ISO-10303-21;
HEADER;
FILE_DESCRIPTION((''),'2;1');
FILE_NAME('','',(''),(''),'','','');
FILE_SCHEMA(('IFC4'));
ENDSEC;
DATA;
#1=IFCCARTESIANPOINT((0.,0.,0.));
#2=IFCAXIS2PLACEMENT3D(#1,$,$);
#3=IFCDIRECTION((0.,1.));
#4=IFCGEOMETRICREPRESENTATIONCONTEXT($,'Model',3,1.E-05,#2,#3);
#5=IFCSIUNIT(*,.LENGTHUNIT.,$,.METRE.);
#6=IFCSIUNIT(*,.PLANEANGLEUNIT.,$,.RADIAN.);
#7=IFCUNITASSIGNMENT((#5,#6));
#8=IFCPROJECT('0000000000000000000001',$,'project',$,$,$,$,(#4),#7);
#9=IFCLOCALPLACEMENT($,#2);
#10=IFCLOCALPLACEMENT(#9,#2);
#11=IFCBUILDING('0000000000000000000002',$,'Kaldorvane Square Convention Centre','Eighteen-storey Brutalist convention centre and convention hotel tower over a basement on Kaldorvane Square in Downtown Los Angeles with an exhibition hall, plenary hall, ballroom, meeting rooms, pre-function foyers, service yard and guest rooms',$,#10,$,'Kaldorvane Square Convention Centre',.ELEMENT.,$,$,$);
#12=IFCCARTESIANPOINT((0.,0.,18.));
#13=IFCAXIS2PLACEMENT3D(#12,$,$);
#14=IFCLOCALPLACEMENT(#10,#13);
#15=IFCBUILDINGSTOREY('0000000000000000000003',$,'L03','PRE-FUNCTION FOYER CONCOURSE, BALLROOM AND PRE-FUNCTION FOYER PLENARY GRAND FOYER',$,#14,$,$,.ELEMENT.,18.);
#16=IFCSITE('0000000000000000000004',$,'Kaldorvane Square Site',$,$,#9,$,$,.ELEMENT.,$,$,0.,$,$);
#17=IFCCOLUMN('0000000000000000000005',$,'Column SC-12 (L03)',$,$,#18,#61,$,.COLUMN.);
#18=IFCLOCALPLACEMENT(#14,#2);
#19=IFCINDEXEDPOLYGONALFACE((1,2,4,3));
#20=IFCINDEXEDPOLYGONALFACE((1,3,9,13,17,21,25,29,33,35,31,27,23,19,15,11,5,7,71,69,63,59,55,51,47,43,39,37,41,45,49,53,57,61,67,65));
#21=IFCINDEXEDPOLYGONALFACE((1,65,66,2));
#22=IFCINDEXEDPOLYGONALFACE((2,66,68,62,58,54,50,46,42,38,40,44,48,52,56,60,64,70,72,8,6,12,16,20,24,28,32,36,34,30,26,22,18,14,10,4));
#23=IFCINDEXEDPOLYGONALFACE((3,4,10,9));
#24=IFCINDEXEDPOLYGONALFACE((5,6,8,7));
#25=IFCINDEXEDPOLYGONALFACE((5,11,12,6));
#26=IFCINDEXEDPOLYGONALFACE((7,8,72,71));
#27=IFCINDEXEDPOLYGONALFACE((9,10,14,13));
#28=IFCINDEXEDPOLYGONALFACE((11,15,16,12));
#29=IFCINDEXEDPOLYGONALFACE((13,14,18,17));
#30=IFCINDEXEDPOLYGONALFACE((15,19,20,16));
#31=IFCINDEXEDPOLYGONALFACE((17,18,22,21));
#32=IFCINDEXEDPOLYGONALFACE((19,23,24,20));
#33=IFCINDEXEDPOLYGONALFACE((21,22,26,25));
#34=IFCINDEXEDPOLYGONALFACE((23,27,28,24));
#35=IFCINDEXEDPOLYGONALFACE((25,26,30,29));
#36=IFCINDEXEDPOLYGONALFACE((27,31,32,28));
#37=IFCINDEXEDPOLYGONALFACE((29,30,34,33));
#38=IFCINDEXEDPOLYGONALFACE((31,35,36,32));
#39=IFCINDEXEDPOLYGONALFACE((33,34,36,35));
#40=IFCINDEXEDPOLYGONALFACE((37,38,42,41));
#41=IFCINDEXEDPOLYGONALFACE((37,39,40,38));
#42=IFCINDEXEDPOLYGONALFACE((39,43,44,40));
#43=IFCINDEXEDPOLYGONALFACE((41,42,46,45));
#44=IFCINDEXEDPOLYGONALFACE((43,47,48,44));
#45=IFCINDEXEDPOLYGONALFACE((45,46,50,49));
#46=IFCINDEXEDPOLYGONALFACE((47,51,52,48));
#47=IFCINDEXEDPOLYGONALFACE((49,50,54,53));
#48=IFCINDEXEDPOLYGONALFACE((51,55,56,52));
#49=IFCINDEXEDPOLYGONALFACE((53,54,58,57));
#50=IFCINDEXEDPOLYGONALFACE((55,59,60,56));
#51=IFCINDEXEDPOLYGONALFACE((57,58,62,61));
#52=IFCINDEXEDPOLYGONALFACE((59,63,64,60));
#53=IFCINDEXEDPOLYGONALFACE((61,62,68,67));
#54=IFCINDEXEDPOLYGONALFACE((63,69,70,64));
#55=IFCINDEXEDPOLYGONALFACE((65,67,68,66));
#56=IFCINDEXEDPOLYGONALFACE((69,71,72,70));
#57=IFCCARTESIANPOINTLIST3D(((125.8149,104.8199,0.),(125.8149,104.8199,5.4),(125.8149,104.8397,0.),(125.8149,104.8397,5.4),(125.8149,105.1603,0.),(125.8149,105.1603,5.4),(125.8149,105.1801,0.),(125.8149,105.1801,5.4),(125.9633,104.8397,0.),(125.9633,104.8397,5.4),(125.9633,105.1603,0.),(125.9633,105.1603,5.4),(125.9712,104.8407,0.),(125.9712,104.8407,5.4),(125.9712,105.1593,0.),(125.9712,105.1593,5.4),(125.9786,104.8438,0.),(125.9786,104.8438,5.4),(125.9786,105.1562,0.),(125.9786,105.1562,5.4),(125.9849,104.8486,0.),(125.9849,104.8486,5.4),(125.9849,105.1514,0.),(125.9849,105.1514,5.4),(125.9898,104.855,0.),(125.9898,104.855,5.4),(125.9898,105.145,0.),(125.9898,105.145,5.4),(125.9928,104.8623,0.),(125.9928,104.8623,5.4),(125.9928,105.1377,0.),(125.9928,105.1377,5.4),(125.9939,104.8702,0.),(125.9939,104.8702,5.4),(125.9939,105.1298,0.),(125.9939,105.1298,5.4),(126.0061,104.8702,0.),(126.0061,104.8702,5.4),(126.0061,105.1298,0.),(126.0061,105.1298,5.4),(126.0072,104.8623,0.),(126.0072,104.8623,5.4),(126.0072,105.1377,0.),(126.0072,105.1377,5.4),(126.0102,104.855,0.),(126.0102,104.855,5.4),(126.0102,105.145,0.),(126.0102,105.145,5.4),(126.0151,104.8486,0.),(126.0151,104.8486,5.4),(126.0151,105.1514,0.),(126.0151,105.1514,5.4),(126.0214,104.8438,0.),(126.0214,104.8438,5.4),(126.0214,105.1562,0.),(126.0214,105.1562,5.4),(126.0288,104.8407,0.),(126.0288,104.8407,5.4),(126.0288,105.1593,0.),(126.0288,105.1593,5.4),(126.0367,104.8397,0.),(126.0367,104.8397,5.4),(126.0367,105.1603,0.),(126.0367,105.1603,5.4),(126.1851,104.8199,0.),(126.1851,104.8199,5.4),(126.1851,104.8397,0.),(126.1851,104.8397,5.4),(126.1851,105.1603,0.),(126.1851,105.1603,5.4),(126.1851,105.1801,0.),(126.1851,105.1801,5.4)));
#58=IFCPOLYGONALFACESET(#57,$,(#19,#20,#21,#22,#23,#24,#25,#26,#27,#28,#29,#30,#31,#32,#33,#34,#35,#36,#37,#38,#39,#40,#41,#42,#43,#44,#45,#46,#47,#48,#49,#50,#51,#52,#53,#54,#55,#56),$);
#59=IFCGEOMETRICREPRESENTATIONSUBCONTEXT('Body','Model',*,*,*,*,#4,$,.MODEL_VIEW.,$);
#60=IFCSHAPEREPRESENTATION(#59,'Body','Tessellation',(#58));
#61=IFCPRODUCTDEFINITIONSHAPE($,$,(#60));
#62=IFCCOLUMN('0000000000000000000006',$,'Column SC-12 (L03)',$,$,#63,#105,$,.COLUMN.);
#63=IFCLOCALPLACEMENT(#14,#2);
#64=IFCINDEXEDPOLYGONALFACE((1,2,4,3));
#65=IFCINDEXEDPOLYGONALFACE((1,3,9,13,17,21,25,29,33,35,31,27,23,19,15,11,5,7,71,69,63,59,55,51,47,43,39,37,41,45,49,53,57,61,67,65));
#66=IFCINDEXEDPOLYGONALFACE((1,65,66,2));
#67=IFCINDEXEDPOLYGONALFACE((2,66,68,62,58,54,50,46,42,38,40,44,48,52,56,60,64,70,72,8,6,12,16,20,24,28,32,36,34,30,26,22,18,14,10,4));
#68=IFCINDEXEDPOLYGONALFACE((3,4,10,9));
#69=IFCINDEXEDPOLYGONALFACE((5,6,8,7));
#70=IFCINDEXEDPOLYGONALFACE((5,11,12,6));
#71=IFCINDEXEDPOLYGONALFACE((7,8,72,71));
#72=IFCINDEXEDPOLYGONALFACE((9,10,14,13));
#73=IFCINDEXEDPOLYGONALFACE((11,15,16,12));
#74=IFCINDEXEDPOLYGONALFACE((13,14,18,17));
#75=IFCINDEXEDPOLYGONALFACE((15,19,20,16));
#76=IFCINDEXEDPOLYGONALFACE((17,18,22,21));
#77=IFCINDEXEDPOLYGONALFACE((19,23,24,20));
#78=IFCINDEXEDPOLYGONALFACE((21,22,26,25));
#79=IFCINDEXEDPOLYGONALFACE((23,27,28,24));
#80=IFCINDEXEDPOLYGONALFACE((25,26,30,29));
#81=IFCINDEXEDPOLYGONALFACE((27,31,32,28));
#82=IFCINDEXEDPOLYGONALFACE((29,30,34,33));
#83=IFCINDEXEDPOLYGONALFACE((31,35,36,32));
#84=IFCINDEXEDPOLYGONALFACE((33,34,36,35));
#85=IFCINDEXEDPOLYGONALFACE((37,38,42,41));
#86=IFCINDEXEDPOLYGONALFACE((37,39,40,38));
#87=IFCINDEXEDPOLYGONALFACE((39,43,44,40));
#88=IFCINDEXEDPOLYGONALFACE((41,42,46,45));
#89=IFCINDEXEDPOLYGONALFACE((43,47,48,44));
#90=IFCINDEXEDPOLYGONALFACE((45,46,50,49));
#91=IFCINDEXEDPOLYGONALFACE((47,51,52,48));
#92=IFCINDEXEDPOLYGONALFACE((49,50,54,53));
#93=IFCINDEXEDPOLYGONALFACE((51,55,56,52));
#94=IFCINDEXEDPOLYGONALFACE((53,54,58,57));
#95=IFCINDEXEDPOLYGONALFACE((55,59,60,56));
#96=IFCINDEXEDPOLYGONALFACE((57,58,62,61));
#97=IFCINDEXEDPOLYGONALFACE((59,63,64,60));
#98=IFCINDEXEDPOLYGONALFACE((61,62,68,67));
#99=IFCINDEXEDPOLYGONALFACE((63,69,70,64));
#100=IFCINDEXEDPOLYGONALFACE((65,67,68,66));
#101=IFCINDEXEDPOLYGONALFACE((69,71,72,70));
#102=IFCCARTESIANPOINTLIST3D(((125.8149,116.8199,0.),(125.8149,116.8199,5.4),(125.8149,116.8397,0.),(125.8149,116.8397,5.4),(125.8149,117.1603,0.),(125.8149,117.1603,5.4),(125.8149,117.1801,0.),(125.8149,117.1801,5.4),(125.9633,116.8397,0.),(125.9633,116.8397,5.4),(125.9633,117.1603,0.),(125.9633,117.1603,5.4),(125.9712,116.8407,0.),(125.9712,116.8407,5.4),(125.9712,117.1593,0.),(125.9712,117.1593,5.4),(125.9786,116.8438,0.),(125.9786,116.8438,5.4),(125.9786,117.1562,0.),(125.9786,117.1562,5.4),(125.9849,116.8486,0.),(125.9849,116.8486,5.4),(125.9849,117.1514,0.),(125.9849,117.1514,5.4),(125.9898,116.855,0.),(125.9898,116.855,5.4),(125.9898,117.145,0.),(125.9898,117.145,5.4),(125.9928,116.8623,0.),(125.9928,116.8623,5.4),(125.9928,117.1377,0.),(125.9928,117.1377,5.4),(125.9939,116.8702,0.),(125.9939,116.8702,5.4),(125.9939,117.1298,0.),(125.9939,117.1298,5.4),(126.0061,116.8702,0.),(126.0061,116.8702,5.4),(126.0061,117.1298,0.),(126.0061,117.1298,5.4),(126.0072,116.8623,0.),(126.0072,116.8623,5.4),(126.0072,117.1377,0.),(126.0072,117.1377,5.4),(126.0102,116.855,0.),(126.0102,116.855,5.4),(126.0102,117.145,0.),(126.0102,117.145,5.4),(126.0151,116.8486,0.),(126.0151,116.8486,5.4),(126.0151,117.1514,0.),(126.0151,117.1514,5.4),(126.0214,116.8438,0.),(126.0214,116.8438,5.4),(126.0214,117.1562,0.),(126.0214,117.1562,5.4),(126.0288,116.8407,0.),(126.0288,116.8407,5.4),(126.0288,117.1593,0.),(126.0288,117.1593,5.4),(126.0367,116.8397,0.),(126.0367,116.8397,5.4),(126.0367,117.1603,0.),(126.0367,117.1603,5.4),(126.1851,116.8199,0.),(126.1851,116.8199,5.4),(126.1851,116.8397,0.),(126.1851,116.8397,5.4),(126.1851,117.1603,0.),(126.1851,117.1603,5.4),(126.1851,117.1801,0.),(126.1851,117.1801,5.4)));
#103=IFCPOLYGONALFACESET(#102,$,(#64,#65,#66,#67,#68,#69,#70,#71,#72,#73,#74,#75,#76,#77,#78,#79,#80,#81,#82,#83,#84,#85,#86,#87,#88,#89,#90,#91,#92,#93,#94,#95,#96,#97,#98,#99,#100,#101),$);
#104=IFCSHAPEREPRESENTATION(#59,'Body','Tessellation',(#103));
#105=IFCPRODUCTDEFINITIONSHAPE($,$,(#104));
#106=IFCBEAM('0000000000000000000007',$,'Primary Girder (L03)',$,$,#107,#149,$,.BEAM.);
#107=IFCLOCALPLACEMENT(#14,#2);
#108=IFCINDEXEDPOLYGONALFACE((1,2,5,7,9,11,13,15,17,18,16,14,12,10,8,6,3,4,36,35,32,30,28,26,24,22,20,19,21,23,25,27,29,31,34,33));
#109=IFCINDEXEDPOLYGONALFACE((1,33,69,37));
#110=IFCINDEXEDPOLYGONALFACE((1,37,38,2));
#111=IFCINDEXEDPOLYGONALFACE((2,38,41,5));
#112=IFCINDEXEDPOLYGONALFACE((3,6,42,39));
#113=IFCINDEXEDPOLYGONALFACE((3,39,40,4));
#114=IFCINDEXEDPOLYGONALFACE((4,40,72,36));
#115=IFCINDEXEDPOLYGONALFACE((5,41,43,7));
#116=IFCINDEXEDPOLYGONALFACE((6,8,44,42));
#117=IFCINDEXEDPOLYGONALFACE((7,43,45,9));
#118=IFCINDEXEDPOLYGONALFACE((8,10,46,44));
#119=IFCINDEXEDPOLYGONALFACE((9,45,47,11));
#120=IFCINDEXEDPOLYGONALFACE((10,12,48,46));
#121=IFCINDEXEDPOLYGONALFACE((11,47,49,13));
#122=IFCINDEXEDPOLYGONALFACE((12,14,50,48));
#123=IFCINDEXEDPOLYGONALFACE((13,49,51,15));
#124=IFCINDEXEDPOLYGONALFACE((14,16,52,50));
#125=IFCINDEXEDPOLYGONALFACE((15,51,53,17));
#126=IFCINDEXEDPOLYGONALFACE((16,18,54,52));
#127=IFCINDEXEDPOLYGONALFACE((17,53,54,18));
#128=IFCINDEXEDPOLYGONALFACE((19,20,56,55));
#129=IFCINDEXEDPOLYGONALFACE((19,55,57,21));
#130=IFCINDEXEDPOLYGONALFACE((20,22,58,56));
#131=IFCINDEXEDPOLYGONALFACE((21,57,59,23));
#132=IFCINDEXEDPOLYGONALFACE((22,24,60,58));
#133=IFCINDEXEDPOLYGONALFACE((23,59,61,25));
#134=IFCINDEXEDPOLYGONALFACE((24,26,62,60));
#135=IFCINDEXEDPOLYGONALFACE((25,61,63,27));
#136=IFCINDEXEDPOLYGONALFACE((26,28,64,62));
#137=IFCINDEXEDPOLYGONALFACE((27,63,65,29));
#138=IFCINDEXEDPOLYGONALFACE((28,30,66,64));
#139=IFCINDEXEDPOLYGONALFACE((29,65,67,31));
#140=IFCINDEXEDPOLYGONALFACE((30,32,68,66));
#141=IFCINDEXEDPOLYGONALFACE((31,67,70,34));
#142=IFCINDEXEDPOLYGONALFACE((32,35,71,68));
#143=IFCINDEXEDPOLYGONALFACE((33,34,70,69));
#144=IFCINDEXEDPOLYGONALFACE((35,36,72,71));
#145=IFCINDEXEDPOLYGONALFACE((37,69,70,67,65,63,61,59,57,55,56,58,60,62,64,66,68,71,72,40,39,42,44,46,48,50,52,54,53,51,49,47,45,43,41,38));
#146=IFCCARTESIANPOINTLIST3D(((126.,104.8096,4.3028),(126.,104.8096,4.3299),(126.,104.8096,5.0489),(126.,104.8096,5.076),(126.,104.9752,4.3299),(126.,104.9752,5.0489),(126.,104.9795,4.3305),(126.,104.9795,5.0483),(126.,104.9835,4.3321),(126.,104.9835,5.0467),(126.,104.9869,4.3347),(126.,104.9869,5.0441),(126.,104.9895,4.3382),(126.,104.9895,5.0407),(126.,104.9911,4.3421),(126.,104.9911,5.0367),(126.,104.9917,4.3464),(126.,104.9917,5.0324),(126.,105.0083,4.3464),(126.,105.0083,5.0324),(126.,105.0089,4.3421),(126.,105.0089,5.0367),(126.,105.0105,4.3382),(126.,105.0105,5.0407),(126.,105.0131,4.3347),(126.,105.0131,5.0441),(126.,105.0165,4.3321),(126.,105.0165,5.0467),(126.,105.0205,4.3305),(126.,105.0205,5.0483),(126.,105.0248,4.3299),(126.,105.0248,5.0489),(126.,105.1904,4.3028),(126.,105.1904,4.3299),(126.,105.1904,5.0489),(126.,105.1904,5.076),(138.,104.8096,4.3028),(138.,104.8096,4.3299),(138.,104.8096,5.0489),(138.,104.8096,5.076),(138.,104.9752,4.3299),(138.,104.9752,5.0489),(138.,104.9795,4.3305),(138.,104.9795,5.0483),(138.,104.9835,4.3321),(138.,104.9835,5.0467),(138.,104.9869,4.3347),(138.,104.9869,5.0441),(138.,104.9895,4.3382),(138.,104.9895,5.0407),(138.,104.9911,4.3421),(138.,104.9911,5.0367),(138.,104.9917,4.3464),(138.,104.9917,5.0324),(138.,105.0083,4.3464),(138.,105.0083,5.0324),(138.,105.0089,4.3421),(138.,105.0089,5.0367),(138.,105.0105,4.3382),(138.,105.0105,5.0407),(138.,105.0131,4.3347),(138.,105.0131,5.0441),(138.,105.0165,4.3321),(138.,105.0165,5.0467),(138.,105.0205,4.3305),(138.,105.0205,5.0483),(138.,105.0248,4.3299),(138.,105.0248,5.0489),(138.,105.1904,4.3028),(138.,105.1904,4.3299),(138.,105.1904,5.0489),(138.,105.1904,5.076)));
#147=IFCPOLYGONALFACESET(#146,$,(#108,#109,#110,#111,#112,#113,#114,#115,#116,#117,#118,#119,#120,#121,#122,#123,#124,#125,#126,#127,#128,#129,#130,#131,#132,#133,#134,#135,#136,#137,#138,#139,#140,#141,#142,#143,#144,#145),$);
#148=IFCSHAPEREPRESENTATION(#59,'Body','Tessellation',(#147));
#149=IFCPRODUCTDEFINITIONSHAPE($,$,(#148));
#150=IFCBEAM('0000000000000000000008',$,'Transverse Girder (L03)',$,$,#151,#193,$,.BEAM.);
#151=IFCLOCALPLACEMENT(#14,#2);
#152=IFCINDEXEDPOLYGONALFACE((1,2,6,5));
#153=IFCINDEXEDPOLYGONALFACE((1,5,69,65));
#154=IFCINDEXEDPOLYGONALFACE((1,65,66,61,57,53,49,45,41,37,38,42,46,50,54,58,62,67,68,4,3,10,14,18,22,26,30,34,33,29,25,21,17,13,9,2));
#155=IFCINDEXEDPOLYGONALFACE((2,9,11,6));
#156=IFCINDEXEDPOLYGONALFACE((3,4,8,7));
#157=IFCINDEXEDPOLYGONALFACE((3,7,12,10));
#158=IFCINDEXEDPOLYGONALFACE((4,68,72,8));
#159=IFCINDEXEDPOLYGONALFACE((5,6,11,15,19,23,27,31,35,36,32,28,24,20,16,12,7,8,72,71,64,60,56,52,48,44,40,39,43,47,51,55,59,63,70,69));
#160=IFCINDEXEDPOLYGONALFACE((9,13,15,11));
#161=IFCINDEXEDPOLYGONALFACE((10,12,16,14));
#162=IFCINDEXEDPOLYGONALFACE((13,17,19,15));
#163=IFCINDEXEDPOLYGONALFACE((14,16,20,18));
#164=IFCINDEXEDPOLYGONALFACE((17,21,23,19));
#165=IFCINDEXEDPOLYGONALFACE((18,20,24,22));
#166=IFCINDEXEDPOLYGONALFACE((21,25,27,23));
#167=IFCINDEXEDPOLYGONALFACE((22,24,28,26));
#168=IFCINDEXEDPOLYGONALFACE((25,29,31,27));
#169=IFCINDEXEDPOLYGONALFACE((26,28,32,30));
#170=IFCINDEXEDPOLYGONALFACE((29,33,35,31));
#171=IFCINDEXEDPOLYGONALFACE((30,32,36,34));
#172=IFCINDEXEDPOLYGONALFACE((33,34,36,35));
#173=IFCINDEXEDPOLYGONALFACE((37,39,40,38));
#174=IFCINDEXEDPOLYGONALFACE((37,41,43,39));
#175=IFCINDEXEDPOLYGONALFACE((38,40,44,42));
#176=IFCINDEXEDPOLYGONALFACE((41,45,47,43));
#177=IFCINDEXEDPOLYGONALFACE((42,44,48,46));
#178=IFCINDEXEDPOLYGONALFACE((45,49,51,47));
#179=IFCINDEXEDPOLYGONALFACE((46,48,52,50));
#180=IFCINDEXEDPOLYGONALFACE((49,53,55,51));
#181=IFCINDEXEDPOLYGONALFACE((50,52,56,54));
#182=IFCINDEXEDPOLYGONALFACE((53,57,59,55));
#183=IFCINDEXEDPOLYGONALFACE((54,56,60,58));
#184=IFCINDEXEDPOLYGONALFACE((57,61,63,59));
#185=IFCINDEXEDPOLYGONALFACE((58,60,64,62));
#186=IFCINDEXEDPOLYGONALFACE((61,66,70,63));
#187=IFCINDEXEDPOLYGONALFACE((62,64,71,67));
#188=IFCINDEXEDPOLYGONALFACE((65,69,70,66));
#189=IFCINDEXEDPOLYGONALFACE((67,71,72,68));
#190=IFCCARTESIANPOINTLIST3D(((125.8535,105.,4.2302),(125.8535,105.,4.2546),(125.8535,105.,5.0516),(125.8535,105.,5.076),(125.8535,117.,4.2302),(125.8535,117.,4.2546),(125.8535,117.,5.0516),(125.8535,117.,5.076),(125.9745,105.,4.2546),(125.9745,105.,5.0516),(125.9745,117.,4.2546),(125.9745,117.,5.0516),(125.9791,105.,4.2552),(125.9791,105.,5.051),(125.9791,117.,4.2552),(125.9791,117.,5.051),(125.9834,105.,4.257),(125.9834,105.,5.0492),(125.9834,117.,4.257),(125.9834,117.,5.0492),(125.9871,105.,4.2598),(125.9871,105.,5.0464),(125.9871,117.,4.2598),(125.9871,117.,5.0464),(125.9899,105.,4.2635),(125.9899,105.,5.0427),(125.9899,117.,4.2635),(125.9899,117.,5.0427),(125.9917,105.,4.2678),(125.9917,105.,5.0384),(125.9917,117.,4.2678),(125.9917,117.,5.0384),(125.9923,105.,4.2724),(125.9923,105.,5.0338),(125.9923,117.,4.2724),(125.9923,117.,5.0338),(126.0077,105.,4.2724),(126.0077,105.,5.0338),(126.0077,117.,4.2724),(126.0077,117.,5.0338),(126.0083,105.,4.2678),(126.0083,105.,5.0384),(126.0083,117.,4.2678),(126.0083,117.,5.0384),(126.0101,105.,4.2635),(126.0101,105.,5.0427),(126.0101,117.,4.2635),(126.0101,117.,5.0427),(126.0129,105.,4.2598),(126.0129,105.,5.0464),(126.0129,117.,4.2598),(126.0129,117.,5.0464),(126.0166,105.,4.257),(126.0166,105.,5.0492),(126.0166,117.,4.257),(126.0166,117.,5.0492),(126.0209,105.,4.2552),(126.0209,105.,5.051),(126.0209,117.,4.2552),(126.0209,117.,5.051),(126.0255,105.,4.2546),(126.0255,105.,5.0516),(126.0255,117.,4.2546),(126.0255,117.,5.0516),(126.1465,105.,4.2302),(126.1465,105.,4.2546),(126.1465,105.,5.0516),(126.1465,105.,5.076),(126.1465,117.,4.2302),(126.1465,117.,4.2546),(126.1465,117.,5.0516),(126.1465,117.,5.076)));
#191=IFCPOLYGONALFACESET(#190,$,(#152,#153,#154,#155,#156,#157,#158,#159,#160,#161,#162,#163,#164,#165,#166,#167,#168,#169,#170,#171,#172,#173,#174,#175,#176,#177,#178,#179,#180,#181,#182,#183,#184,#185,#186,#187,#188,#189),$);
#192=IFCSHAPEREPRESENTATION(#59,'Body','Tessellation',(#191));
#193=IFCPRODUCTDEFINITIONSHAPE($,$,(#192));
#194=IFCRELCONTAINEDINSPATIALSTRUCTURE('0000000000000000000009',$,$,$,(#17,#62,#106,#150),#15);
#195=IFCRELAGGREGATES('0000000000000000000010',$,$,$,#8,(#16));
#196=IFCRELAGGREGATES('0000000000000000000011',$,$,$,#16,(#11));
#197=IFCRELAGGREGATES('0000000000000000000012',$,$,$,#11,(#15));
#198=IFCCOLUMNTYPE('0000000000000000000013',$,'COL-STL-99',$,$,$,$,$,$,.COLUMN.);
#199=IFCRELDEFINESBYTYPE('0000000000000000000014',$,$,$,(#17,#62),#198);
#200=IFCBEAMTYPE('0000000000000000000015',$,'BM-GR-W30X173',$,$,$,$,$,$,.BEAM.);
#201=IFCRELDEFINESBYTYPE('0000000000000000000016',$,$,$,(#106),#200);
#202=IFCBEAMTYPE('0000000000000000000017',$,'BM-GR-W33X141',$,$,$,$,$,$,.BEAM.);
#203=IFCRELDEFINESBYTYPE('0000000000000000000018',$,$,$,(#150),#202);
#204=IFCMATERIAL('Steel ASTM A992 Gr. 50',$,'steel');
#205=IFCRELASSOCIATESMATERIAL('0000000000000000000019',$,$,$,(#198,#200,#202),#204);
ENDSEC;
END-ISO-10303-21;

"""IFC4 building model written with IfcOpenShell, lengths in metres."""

from ifc_helpers import new_model, si_unit, direction, frame, origin, origin_2d, place, context, subcontext, project, spatial, i_section, extrude, material, material_profile, profile_set, type_object, element, save


model = new_model("IFC4")

# Units and contexts
model_context = context("Model", 3, precision=1e-05, world=origin(), true_north=direction((0.0, 1.0)))
body_context = subcontext(model_context, "Body", "Model", "MODEL_VIEW")
ifc_project = project(units=[si_unit("LENGTHUNIT", "METRE"), si_unit("PLANEANGLEUNIT", "RADIAN")], contexts=[model_context])

# Site, building, storey
site_placement = place(None, origin())
site = spatial("IfcSite", under=ifc_project, at=site_placement, Name="Kaldorvane Square Site", CompositionType="ELEMENT", RefElevation=0.0)
building_placement = place(site_placement, origin())
building = spatial("IfcBuilding", under=site, at=building_placement, Name="Kaldorvane Square Convention Centre", Description="Eighteen-storey Brutalist convention centre and convention hotel tower over a basement on Kaldorvane Square in Downtown Los Angeles with an exhibition hall, plenary hall, ballroom, meeting rooms, pre-function foyers, service yard and guest rooms", LongName="Kaldorvane Square Convention Centre", CompositionType="ELEMENT")
storey_placement = place(building_placement, frame((0.0, 0.0, 18.0)))
storey = spatial("IfcBuildingStorey", under=building, at=storey_placement, Name="L03", Description="PRE-FUNCTION FOYER CONCOURSE, BALLROOM AND PRE-FUNCTION FOYER PLENARY GRAND FOYER", CompositionType="ELEMENT", Elevation=18.0)

# Columns
ifc_material_1 = material(Name="Steel ASTM A992 Gr. 50", Category="steel")
ifc_material_profile_1 = material_profile(ifc_material_1, i_section(OverallWidth=0.3701, OverallDepth=0.3602, WebThickness=0.0123, FlangeThickness=0.0198, FilletRadius=0.0305, at=origin_2d()), Name="W14X99")
ifc_profile_set_1 = profile_set([ifc_material_profile_1], Name="Steel ASTM A992 Gr. 50")
column_type = type_object("IfcColumnType", Name="COL-STL-99", PredefinedType="COLUMN", material=ifc_profile_set_1)
for number, where, z_axis, x_axis, name in (
    (1, (126.0, 105.0, 0.0), (0.0, 0.0, 1.0), (1.0, 0.0, 0.0), "Column SC-12 (L03)"),
    (2, (126.0, 117.0, 0.0), (0.0, 0.0, 1.0), (1.0, 0.0, 0.0), "Column SC-12 (L03)"),
):
    element("IfcColumn", number, at=place(storey_placement, frame(where, z_axis=z_axis, x_axis=x_axis)), inside=storey, type_object=column_type, Name=name, PredefinedType="COLUMN", context=body_context, shape_type="SweptSolid", body=[
        extrude(i_section(OverallWidth=0.3701, OverallDepth=0.3602, WebThickness=0.0123, FlangeThickness=0.0198, FilletRadius=0.0305, at=origin_2d()), origin(), (0.0, 0.0, 1.0), 5.4),
    ])

# Beams
ifc_material_profile_2 = material_profile(ifc_material_1, i_section(OverallWidth=0.3807, OverallDepth=0.7732, WebThickness=0.0166, FlangeThickness=0.0271, FilletRadius=0.0165, at=origin_2d()), Name="W30X173")
ifc_profile_set_2 = profile_set([ifc_material_profile_2], Name="Steel ASTM A992 Gr. 50")
beam_type_1 = type_object("IfcBeamType", Name="BM-GR-W30X173", PredefinedType="BEAM", material=ifc_profile_set_2)
beam_1_placement = place(storey_placement, frame((126.0, 105.0, 4.6894), z_axis=(1.0, 0.0, 0.0), x_axis=(0.0, 1.0, 0.0)))
element("IfcBeam", 3, at=beam_1_placement, inside=storey, type_object=beam_type_1, Name="Primary Girder (L03)", PredefinedType="BEAM", context=body_context, shape_type="SweptSolid", body=[
    extrude(i_section(OverallWidth=0.3807, OverallDepth=0.7732, WebThickness=0.0166, FlangeThickness=0.0271, FilletRadius=0.0165, at=origin_2d()), origin(), (0.0, 0.0, 1.0), 12.0),
])
ifc_material_profile_3 = material_profile(ifc_material_1, i_section(OverallWidth=0.293, OverallDepth=0.8458, WebThickness=0.0154, FlangeThickness=0.0244, FilletRadius=0.0178, at=origin_2d()), Name="W33X141")
ifc_profile_set_3 = profile_set([ifc_material_profile_3], Name="Steel ASTM A992 Gr. 50")
beam_type_2 = type_object("IfcBeamType", Name="BM-GR-W33X141", PredefinedType="BEAM", material=ifc_profile_set_3)
beam_2_placement = place(storey_placement, frame((126.0, 105.0, 4.6531), z_axis=(0.0, 1.0, 0.0), x_axis=(-1.0, 0.0, 0.0)))
element("IfcBeam", 4, at=beam_2_placement, inside=storey, type_object=beam_type_2, Name="Transverse Girder (L03)", PredefinedType="BEAM", context=body_context, shape_type="SweptSolid", body=[
    extrude(i_section(OverallWidth=0.293, OverallDepth=0.8458, WebThickness=0.0154, FlangeThickness=0.0244, FilletRadius=0.0178, at=origin_2d()), origin(), (0.0, 0.0, 1.0), 12.0),
])

save(model, "model.ifc")
